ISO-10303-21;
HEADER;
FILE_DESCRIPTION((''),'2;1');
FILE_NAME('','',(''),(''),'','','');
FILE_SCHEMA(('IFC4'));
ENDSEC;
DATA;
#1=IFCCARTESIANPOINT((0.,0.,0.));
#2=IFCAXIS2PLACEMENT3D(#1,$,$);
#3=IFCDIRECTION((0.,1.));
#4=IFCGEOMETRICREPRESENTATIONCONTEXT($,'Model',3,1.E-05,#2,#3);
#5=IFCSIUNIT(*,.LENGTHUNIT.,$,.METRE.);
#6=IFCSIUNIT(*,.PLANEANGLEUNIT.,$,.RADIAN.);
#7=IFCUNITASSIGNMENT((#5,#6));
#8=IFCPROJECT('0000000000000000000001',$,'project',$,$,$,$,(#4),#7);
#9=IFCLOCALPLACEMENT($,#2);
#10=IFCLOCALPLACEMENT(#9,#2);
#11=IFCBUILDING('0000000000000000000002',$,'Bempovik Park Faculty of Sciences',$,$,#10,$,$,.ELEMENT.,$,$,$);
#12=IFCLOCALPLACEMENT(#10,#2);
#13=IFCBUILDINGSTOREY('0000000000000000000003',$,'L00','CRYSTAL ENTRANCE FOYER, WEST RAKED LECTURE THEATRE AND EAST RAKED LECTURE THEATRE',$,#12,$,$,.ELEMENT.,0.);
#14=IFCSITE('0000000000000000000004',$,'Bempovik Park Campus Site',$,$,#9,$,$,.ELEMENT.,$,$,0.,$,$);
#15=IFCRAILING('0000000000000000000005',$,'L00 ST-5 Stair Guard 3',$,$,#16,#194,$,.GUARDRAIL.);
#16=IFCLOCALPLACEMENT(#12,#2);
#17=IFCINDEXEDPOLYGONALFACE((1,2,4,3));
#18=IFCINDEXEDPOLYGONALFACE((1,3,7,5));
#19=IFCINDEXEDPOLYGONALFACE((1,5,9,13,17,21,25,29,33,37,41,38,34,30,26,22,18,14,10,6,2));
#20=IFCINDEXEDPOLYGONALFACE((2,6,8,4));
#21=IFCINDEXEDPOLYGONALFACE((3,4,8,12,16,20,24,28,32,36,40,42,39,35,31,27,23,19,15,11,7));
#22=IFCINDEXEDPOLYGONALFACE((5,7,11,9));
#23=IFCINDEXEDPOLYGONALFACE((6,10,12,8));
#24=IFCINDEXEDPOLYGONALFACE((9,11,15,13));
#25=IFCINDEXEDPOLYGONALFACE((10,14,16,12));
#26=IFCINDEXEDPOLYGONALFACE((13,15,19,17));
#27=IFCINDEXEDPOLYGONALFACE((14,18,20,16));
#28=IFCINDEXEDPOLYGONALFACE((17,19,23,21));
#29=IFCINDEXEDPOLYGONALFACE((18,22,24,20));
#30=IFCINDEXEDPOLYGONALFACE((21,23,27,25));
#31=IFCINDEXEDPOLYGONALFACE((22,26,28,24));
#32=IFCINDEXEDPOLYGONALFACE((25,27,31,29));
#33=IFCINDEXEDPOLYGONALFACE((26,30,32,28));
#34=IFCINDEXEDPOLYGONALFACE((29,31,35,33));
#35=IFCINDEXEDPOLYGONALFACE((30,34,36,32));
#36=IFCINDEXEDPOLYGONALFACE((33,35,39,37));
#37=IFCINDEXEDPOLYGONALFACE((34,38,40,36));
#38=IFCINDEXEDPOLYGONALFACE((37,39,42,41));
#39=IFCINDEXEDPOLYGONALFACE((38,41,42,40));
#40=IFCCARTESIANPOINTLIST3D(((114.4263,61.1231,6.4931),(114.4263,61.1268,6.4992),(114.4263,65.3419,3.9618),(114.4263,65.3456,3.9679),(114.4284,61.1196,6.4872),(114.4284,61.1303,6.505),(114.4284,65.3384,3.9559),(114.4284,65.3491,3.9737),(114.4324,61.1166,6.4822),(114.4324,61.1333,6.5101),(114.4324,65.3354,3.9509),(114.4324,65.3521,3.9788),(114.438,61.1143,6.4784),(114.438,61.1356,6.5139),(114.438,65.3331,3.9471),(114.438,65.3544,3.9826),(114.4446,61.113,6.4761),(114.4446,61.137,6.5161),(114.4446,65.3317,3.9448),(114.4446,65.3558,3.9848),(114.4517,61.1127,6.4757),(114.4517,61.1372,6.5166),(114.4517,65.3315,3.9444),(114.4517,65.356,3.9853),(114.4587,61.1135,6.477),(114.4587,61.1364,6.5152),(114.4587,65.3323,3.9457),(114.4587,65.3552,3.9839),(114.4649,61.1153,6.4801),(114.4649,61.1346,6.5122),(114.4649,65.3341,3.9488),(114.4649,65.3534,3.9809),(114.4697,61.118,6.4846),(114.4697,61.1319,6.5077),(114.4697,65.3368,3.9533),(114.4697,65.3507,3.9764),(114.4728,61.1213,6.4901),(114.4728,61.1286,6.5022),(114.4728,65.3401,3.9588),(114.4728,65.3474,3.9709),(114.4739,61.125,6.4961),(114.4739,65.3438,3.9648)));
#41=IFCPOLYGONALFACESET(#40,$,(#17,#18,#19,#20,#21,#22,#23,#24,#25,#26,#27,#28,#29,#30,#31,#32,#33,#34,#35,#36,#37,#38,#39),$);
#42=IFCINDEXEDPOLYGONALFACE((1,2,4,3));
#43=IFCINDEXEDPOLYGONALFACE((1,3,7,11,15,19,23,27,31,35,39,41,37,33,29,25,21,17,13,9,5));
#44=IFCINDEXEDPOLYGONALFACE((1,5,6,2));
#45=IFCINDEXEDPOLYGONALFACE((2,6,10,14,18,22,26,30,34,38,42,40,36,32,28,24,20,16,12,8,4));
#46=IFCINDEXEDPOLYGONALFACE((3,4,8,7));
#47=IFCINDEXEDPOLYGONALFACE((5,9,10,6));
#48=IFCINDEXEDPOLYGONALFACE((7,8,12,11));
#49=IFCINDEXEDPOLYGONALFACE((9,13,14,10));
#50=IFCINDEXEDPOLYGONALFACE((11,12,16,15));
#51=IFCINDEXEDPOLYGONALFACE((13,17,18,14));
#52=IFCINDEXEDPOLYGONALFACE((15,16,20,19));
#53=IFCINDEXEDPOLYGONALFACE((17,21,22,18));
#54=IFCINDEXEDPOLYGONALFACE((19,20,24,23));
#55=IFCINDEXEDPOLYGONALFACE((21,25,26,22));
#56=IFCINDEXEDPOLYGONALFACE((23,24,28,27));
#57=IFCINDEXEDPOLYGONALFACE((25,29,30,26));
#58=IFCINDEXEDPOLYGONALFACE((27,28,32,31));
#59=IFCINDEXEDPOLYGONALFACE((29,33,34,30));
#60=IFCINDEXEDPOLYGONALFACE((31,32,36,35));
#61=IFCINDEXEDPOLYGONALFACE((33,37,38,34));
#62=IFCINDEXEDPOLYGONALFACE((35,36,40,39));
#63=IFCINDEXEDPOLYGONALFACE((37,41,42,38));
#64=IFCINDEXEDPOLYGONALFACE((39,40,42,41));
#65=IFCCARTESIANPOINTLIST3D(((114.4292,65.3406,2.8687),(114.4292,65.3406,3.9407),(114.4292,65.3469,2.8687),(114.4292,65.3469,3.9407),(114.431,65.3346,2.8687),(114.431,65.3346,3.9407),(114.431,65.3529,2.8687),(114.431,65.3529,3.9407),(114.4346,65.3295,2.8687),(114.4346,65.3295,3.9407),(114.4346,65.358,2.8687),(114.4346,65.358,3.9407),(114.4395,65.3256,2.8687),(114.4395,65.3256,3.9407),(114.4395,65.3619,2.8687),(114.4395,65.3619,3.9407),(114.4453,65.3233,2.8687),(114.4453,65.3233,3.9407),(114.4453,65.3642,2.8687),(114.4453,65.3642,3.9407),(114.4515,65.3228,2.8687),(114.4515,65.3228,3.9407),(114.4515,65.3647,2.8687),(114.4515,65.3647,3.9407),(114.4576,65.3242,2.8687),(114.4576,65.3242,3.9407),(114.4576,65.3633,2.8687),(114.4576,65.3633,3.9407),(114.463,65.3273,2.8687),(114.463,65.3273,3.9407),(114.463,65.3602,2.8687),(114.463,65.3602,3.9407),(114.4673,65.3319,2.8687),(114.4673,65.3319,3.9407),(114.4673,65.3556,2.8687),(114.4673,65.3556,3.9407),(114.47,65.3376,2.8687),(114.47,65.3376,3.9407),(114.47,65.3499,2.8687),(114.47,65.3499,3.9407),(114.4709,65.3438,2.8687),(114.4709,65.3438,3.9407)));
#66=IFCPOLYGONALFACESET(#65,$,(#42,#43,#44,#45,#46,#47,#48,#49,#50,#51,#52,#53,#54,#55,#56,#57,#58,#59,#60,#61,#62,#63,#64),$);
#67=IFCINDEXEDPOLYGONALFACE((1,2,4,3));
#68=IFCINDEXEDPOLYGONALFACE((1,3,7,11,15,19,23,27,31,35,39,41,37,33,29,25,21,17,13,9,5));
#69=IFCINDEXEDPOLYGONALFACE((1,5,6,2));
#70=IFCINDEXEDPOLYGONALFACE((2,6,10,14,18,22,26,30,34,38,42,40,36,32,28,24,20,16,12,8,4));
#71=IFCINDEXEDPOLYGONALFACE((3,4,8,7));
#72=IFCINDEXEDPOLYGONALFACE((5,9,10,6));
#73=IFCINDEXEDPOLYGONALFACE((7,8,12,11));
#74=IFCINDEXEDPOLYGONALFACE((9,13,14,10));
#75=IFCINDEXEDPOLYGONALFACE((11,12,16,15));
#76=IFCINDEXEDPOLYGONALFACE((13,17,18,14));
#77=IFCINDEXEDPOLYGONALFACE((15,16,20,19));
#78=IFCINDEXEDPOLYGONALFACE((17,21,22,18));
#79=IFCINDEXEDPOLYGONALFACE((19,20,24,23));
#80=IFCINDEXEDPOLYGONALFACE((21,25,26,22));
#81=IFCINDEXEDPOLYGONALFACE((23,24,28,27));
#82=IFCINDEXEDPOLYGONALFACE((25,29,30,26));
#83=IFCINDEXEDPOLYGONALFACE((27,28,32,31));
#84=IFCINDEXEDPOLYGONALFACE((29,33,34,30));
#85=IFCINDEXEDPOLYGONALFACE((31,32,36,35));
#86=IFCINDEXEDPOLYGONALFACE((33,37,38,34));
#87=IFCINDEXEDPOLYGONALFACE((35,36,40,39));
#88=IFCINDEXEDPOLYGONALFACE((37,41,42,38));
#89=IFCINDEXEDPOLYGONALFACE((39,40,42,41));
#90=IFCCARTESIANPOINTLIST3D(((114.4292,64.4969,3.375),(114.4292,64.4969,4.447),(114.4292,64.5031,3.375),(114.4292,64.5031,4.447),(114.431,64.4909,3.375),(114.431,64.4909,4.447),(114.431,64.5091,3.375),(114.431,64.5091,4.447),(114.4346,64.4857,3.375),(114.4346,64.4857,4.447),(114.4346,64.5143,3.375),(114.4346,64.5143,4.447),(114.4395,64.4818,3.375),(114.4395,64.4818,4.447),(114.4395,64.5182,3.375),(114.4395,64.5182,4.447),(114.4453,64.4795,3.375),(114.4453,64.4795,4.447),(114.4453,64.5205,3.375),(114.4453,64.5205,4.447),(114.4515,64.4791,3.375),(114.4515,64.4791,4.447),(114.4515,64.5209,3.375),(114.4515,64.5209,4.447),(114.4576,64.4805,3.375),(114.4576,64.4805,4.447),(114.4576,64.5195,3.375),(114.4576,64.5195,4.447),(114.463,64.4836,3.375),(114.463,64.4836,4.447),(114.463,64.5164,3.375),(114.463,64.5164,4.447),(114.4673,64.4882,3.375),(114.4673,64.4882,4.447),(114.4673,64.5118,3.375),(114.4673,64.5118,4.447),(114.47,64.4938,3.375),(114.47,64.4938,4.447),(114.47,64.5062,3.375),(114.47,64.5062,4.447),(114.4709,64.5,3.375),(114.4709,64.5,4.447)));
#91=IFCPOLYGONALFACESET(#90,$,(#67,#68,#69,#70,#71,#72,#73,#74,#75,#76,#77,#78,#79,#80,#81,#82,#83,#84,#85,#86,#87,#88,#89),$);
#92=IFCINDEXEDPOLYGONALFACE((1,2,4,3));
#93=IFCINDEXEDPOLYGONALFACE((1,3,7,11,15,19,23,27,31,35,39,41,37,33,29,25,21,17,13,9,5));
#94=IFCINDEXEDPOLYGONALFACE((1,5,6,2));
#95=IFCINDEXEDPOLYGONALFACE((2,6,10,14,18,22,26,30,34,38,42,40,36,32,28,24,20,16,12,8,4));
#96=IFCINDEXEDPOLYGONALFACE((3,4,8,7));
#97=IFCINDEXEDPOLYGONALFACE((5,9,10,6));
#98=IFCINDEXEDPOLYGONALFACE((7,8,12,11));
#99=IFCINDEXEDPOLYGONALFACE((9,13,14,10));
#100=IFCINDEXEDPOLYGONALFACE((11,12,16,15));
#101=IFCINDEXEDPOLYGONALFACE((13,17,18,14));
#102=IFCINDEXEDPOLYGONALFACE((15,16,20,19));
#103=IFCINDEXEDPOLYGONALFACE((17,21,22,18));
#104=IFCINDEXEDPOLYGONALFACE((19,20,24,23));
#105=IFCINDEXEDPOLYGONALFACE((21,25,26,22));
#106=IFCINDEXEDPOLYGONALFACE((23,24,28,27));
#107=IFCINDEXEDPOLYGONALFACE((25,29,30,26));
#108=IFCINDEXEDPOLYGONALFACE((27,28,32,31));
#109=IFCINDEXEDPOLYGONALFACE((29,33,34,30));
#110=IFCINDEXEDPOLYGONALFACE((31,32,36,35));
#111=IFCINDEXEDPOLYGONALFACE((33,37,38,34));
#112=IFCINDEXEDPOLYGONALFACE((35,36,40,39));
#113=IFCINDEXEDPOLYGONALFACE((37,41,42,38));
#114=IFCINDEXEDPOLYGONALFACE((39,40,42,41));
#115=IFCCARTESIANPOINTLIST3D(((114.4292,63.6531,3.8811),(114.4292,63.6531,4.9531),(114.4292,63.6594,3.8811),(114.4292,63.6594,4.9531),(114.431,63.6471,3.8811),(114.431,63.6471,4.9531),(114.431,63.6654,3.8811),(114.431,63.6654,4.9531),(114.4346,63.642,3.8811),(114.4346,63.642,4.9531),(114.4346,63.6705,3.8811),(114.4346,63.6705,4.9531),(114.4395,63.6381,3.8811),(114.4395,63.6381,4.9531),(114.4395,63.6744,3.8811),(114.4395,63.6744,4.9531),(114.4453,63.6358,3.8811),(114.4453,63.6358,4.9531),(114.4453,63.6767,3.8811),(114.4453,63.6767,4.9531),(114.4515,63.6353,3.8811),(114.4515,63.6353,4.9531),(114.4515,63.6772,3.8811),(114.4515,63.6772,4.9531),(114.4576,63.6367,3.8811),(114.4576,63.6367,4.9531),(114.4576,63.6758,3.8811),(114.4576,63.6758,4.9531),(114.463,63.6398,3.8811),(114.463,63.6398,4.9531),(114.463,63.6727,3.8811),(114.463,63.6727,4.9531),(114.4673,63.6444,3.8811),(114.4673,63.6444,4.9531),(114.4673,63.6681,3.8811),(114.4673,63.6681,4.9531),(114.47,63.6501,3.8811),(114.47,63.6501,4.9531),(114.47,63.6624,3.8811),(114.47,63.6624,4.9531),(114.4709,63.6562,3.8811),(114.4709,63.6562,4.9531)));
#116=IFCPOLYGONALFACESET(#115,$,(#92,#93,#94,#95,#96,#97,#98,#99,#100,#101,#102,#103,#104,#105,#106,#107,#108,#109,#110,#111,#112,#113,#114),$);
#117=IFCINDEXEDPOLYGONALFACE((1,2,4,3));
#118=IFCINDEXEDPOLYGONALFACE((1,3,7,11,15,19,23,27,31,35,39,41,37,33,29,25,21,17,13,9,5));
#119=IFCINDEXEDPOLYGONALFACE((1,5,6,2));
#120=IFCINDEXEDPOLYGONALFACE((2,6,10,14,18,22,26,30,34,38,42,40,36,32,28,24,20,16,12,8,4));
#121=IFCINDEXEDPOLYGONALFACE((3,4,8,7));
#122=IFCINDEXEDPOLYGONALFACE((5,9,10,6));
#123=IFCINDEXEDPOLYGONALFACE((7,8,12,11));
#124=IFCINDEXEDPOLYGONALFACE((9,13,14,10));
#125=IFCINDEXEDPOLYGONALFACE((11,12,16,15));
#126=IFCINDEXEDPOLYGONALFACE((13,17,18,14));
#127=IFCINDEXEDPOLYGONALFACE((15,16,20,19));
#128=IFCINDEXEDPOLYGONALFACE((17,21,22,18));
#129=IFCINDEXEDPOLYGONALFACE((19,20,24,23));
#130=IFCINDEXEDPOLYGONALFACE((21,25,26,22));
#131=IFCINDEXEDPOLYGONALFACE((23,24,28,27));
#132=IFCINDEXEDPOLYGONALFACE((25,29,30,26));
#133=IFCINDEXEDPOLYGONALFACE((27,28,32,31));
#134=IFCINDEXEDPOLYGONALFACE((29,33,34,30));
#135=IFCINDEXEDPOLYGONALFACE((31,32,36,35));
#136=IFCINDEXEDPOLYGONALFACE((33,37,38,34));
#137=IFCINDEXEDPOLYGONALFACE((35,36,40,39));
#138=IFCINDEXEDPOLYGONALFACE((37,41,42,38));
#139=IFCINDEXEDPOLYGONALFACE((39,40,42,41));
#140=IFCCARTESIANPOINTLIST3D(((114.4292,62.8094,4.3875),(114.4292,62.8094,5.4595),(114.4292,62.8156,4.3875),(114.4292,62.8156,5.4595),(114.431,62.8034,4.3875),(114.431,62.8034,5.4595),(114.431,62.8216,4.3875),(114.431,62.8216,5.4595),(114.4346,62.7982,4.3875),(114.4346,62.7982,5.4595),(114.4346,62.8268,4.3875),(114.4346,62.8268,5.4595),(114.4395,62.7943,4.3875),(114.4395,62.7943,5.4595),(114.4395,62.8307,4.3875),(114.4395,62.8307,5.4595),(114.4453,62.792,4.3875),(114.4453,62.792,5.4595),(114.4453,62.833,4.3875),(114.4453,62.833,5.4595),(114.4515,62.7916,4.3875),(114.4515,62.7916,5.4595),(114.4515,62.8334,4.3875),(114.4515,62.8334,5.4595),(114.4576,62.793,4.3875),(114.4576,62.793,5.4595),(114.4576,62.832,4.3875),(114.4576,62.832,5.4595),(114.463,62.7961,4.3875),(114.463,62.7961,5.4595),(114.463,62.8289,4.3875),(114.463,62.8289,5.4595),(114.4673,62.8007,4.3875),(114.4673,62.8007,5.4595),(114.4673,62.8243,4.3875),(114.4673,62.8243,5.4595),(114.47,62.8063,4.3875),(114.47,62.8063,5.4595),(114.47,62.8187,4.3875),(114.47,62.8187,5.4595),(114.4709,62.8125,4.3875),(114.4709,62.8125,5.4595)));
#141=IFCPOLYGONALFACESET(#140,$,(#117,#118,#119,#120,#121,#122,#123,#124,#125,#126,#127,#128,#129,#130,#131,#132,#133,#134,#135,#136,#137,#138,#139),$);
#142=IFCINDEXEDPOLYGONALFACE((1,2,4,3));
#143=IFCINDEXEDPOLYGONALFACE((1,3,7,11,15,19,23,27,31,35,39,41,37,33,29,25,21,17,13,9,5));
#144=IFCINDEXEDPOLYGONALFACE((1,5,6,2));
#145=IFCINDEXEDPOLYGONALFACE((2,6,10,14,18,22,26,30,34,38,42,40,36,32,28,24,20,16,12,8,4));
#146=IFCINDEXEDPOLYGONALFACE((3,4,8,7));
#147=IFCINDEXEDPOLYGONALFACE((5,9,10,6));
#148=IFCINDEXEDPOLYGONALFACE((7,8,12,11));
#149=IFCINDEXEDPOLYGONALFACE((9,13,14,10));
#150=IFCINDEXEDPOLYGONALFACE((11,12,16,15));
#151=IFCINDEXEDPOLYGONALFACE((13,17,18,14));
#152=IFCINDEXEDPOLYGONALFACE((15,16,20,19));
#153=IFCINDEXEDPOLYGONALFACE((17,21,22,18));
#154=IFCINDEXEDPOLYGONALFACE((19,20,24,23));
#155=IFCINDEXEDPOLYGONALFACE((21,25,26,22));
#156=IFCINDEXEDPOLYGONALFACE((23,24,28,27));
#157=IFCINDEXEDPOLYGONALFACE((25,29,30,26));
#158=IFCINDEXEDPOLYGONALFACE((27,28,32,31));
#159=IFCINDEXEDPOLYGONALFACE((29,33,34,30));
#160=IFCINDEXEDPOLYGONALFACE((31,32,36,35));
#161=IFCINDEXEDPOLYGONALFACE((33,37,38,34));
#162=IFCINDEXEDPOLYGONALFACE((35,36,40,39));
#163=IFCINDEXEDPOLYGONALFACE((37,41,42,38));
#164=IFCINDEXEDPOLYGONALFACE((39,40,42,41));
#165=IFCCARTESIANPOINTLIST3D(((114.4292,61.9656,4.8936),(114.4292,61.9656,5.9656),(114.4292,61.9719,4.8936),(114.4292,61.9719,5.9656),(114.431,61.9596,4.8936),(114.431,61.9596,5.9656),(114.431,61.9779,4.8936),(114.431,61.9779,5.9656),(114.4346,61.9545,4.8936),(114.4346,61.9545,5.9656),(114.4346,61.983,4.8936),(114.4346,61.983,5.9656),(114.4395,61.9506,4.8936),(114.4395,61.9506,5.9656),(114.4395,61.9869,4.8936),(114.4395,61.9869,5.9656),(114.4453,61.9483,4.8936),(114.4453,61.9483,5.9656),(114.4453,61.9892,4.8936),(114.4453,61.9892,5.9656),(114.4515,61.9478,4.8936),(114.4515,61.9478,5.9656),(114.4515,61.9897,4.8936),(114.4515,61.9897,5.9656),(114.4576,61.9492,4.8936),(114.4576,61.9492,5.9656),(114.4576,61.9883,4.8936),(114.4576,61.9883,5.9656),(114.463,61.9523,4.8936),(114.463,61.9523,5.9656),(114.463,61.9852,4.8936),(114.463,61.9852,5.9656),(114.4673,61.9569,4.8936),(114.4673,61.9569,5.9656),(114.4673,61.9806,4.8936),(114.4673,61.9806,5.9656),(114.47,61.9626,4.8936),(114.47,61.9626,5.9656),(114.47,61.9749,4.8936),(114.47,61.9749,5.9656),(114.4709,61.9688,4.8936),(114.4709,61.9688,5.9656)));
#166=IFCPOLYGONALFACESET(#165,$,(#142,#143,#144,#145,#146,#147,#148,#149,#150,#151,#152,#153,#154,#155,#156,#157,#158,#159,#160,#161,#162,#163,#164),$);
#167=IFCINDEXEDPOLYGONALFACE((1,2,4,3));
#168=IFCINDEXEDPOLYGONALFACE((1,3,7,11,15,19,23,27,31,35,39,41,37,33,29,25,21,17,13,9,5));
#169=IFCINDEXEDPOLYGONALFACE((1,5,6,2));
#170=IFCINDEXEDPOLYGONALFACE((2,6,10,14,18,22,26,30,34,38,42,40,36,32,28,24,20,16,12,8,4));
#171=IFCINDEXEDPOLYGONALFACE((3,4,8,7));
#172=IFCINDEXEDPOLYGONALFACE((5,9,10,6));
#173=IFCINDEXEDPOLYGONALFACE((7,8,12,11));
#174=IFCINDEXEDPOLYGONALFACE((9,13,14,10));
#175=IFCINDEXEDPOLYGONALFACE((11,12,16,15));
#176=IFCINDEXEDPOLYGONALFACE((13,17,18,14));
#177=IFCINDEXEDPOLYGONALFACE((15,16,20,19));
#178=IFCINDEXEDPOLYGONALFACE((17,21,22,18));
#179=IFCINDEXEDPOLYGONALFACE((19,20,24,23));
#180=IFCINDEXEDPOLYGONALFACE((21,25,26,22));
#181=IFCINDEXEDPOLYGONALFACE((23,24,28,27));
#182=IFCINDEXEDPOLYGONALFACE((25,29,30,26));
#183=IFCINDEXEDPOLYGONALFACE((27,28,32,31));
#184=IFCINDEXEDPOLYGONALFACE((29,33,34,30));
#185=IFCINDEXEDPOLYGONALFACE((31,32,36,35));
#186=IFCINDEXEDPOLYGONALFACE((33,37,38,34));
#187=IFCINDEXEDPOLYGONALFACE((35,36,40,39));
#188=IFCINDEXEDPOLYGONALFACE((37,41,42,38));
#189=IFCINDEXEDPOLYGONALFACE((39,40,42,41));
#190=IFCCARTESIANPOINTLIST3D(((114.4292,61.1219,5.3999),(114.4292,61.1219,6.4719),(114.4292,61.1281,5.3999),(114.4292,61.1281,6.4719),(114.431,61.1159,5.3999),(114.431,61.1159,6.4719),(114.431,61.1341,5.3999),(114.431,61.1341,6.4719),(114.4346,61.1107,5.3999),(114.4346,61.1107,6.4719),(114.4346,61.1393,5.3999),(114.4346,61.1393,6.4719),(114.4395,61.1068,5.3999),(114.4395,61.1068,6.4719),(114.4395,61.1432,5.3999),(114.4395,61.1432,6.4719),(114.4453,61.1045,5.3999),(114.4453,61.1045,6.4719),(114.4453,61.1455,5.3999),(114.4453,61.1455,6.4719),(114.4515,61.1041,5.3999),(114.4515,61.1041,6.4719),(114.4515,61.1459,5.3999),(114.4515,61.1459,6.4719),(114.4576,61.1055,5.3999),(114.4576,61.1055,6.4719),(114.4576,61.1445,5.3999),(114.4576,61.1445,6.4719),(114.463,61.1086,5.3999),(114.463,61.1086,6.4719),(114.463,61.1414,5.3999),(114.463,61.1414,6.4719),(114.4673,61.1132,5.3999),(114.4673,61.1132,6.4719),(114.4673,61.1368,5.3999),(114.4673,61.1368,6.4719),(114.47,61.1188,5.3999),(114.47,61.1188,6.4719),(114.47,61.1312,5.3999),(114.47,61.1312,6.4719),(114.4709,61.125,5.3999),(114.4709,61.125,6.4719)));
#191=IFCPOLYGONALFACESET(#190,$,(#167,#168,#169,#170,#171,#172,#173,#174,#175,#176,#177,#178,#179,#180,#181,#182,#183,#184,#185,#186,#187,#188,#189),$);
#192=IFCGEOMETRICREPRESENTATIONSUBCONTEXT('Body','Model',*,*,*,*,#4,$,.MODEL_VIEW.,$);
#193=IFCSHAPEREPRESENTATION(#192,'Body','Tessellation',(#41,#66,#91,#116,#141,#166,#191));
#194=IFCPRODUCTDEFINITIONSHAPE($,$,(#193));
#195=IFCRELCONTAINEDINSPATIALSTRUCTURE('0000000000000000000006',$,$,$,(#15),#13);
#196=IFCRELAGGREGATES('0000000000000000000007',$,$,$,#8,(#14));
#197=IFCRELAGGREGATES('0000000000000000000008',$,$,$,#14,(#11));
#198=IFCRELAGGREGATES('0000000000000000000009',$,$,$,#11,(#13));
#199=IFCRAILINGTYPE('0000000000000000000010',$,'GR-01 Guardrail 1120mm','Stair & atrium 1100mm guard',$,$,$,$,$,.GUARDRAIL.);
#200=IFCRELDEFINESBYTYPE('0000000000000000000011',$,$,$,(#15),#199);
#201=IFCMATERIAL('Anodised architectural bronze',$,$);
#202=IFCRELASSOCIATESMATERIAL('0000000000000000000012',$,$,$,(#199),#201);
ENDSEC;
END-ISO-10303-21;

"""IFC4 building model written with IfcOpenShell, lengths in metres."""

from ifc_helpers import new_model, si_unit, direction, frame, origin, origin_2d, place, context, subcontext, project, spatial, circle, extrude, material, type_object, element, save


model = new_model("IFC4")

# Units and contexts
model_context = context("Model", 3, precision=1e-05, world=origin(), true_north=direction((0.0, 1.0)))
body_context = subcontext(model_context, "Body", "Model", "MODEL_VIEW")
ifc_project = project(units=[si_unit("LENGTHUNIT", "METRE"), si_unit("PLANEANGLEUNIT", "RADIAN")], contexts=[model_context])

# Site, building, storey
site_placement = place(None, origin())
site = spatial("IfcSite", under=ifc_project, at=site_placement, Name="Bempovik Park Campus Site", CompositionType="ELEMENT", RefElevation=0.0)
building_placement = place(site_placement, origin())
building = spatial("IfcBuilding", under=site, at=building_placement, Name="Bempovik Park Faculty of Sciences", CompositionType="ELEMENT")
storey_placement = place(building_placement, origin())
storey = spatial("IfcBuildingStorey", under=building, at=storey_placement, Name="L00", Description="CRYSTAL ENTRANCE FOYER, WEST RAKED LECTURE THEATRE AND EAST RAKED LECTURE THEATRE", CompositionType="ELEMENT", Elevation=0.0)

# Railing
ifc_material_1 = material(Name="Anodised architectural bronze")
railing_type_1 = type_object("IfcRailingType", Name="GR-01 Guardrail 1120mm", Description="Stair & atrium 1100mm guard", PredefinedType="GUARDRAIL", material=ifc_material_1)
railing_1_placement = place(storey_placement, frame((114.45, 65.3438, 2.8687)))
element("IfcRailing", 1, at=railing_1_placement, inside=storey, type_object=railing_type_1, Name="L00 ST-5 Stair Guard 3", PredefinedType="GUARDRAIL", context=body_context, shape_type="SweptSolid", body=[
    extrude(circle(Radius=0.0239, at=origin_2d()), frame((0.0, 0.0, 1.0962), z_axis=(0.0, -0.857493, 0.514496), x_axis=(1.0, 0.0, 0.0)), (0.0, 0.0, 1.0), 4.9199),
    extrude(circle(Radius=0.021, at=origin_2d()), origin(), (0.0, 0.0, 1.0), 1.072),
    extrude(circle(Radius=0.021, at=origin_2d()), frame((0.0, -0.8438, 0.5063)), (0.0, 0.0, 1.0), 1.072),
    extrude(circle(Radius=0.021, at=origin_2d()), frame((0.0, -1.6875, 1.0125)), (0.0, 0.0, 1.0), 1.072),
    extrude(circle(Radius=0.021, at=origin_2d()), frame((0.0, -2.5312, 1.5188)), (0.0, 0.0, 1.0), 1.072),
    extrude(circle(Radius=0.021, at=origin_2d()), frame((0.0, -3.375, 2.0249)), (0.0, 0.0, 1.0), 1.072),
    extrude(circle(Radius=0.021, at=origin_2d()), frame((0.0, -4.2188, 2.5312)), (0.0, 0.0, 1.0), 1.072),
])

save(model, "model.ifc")
